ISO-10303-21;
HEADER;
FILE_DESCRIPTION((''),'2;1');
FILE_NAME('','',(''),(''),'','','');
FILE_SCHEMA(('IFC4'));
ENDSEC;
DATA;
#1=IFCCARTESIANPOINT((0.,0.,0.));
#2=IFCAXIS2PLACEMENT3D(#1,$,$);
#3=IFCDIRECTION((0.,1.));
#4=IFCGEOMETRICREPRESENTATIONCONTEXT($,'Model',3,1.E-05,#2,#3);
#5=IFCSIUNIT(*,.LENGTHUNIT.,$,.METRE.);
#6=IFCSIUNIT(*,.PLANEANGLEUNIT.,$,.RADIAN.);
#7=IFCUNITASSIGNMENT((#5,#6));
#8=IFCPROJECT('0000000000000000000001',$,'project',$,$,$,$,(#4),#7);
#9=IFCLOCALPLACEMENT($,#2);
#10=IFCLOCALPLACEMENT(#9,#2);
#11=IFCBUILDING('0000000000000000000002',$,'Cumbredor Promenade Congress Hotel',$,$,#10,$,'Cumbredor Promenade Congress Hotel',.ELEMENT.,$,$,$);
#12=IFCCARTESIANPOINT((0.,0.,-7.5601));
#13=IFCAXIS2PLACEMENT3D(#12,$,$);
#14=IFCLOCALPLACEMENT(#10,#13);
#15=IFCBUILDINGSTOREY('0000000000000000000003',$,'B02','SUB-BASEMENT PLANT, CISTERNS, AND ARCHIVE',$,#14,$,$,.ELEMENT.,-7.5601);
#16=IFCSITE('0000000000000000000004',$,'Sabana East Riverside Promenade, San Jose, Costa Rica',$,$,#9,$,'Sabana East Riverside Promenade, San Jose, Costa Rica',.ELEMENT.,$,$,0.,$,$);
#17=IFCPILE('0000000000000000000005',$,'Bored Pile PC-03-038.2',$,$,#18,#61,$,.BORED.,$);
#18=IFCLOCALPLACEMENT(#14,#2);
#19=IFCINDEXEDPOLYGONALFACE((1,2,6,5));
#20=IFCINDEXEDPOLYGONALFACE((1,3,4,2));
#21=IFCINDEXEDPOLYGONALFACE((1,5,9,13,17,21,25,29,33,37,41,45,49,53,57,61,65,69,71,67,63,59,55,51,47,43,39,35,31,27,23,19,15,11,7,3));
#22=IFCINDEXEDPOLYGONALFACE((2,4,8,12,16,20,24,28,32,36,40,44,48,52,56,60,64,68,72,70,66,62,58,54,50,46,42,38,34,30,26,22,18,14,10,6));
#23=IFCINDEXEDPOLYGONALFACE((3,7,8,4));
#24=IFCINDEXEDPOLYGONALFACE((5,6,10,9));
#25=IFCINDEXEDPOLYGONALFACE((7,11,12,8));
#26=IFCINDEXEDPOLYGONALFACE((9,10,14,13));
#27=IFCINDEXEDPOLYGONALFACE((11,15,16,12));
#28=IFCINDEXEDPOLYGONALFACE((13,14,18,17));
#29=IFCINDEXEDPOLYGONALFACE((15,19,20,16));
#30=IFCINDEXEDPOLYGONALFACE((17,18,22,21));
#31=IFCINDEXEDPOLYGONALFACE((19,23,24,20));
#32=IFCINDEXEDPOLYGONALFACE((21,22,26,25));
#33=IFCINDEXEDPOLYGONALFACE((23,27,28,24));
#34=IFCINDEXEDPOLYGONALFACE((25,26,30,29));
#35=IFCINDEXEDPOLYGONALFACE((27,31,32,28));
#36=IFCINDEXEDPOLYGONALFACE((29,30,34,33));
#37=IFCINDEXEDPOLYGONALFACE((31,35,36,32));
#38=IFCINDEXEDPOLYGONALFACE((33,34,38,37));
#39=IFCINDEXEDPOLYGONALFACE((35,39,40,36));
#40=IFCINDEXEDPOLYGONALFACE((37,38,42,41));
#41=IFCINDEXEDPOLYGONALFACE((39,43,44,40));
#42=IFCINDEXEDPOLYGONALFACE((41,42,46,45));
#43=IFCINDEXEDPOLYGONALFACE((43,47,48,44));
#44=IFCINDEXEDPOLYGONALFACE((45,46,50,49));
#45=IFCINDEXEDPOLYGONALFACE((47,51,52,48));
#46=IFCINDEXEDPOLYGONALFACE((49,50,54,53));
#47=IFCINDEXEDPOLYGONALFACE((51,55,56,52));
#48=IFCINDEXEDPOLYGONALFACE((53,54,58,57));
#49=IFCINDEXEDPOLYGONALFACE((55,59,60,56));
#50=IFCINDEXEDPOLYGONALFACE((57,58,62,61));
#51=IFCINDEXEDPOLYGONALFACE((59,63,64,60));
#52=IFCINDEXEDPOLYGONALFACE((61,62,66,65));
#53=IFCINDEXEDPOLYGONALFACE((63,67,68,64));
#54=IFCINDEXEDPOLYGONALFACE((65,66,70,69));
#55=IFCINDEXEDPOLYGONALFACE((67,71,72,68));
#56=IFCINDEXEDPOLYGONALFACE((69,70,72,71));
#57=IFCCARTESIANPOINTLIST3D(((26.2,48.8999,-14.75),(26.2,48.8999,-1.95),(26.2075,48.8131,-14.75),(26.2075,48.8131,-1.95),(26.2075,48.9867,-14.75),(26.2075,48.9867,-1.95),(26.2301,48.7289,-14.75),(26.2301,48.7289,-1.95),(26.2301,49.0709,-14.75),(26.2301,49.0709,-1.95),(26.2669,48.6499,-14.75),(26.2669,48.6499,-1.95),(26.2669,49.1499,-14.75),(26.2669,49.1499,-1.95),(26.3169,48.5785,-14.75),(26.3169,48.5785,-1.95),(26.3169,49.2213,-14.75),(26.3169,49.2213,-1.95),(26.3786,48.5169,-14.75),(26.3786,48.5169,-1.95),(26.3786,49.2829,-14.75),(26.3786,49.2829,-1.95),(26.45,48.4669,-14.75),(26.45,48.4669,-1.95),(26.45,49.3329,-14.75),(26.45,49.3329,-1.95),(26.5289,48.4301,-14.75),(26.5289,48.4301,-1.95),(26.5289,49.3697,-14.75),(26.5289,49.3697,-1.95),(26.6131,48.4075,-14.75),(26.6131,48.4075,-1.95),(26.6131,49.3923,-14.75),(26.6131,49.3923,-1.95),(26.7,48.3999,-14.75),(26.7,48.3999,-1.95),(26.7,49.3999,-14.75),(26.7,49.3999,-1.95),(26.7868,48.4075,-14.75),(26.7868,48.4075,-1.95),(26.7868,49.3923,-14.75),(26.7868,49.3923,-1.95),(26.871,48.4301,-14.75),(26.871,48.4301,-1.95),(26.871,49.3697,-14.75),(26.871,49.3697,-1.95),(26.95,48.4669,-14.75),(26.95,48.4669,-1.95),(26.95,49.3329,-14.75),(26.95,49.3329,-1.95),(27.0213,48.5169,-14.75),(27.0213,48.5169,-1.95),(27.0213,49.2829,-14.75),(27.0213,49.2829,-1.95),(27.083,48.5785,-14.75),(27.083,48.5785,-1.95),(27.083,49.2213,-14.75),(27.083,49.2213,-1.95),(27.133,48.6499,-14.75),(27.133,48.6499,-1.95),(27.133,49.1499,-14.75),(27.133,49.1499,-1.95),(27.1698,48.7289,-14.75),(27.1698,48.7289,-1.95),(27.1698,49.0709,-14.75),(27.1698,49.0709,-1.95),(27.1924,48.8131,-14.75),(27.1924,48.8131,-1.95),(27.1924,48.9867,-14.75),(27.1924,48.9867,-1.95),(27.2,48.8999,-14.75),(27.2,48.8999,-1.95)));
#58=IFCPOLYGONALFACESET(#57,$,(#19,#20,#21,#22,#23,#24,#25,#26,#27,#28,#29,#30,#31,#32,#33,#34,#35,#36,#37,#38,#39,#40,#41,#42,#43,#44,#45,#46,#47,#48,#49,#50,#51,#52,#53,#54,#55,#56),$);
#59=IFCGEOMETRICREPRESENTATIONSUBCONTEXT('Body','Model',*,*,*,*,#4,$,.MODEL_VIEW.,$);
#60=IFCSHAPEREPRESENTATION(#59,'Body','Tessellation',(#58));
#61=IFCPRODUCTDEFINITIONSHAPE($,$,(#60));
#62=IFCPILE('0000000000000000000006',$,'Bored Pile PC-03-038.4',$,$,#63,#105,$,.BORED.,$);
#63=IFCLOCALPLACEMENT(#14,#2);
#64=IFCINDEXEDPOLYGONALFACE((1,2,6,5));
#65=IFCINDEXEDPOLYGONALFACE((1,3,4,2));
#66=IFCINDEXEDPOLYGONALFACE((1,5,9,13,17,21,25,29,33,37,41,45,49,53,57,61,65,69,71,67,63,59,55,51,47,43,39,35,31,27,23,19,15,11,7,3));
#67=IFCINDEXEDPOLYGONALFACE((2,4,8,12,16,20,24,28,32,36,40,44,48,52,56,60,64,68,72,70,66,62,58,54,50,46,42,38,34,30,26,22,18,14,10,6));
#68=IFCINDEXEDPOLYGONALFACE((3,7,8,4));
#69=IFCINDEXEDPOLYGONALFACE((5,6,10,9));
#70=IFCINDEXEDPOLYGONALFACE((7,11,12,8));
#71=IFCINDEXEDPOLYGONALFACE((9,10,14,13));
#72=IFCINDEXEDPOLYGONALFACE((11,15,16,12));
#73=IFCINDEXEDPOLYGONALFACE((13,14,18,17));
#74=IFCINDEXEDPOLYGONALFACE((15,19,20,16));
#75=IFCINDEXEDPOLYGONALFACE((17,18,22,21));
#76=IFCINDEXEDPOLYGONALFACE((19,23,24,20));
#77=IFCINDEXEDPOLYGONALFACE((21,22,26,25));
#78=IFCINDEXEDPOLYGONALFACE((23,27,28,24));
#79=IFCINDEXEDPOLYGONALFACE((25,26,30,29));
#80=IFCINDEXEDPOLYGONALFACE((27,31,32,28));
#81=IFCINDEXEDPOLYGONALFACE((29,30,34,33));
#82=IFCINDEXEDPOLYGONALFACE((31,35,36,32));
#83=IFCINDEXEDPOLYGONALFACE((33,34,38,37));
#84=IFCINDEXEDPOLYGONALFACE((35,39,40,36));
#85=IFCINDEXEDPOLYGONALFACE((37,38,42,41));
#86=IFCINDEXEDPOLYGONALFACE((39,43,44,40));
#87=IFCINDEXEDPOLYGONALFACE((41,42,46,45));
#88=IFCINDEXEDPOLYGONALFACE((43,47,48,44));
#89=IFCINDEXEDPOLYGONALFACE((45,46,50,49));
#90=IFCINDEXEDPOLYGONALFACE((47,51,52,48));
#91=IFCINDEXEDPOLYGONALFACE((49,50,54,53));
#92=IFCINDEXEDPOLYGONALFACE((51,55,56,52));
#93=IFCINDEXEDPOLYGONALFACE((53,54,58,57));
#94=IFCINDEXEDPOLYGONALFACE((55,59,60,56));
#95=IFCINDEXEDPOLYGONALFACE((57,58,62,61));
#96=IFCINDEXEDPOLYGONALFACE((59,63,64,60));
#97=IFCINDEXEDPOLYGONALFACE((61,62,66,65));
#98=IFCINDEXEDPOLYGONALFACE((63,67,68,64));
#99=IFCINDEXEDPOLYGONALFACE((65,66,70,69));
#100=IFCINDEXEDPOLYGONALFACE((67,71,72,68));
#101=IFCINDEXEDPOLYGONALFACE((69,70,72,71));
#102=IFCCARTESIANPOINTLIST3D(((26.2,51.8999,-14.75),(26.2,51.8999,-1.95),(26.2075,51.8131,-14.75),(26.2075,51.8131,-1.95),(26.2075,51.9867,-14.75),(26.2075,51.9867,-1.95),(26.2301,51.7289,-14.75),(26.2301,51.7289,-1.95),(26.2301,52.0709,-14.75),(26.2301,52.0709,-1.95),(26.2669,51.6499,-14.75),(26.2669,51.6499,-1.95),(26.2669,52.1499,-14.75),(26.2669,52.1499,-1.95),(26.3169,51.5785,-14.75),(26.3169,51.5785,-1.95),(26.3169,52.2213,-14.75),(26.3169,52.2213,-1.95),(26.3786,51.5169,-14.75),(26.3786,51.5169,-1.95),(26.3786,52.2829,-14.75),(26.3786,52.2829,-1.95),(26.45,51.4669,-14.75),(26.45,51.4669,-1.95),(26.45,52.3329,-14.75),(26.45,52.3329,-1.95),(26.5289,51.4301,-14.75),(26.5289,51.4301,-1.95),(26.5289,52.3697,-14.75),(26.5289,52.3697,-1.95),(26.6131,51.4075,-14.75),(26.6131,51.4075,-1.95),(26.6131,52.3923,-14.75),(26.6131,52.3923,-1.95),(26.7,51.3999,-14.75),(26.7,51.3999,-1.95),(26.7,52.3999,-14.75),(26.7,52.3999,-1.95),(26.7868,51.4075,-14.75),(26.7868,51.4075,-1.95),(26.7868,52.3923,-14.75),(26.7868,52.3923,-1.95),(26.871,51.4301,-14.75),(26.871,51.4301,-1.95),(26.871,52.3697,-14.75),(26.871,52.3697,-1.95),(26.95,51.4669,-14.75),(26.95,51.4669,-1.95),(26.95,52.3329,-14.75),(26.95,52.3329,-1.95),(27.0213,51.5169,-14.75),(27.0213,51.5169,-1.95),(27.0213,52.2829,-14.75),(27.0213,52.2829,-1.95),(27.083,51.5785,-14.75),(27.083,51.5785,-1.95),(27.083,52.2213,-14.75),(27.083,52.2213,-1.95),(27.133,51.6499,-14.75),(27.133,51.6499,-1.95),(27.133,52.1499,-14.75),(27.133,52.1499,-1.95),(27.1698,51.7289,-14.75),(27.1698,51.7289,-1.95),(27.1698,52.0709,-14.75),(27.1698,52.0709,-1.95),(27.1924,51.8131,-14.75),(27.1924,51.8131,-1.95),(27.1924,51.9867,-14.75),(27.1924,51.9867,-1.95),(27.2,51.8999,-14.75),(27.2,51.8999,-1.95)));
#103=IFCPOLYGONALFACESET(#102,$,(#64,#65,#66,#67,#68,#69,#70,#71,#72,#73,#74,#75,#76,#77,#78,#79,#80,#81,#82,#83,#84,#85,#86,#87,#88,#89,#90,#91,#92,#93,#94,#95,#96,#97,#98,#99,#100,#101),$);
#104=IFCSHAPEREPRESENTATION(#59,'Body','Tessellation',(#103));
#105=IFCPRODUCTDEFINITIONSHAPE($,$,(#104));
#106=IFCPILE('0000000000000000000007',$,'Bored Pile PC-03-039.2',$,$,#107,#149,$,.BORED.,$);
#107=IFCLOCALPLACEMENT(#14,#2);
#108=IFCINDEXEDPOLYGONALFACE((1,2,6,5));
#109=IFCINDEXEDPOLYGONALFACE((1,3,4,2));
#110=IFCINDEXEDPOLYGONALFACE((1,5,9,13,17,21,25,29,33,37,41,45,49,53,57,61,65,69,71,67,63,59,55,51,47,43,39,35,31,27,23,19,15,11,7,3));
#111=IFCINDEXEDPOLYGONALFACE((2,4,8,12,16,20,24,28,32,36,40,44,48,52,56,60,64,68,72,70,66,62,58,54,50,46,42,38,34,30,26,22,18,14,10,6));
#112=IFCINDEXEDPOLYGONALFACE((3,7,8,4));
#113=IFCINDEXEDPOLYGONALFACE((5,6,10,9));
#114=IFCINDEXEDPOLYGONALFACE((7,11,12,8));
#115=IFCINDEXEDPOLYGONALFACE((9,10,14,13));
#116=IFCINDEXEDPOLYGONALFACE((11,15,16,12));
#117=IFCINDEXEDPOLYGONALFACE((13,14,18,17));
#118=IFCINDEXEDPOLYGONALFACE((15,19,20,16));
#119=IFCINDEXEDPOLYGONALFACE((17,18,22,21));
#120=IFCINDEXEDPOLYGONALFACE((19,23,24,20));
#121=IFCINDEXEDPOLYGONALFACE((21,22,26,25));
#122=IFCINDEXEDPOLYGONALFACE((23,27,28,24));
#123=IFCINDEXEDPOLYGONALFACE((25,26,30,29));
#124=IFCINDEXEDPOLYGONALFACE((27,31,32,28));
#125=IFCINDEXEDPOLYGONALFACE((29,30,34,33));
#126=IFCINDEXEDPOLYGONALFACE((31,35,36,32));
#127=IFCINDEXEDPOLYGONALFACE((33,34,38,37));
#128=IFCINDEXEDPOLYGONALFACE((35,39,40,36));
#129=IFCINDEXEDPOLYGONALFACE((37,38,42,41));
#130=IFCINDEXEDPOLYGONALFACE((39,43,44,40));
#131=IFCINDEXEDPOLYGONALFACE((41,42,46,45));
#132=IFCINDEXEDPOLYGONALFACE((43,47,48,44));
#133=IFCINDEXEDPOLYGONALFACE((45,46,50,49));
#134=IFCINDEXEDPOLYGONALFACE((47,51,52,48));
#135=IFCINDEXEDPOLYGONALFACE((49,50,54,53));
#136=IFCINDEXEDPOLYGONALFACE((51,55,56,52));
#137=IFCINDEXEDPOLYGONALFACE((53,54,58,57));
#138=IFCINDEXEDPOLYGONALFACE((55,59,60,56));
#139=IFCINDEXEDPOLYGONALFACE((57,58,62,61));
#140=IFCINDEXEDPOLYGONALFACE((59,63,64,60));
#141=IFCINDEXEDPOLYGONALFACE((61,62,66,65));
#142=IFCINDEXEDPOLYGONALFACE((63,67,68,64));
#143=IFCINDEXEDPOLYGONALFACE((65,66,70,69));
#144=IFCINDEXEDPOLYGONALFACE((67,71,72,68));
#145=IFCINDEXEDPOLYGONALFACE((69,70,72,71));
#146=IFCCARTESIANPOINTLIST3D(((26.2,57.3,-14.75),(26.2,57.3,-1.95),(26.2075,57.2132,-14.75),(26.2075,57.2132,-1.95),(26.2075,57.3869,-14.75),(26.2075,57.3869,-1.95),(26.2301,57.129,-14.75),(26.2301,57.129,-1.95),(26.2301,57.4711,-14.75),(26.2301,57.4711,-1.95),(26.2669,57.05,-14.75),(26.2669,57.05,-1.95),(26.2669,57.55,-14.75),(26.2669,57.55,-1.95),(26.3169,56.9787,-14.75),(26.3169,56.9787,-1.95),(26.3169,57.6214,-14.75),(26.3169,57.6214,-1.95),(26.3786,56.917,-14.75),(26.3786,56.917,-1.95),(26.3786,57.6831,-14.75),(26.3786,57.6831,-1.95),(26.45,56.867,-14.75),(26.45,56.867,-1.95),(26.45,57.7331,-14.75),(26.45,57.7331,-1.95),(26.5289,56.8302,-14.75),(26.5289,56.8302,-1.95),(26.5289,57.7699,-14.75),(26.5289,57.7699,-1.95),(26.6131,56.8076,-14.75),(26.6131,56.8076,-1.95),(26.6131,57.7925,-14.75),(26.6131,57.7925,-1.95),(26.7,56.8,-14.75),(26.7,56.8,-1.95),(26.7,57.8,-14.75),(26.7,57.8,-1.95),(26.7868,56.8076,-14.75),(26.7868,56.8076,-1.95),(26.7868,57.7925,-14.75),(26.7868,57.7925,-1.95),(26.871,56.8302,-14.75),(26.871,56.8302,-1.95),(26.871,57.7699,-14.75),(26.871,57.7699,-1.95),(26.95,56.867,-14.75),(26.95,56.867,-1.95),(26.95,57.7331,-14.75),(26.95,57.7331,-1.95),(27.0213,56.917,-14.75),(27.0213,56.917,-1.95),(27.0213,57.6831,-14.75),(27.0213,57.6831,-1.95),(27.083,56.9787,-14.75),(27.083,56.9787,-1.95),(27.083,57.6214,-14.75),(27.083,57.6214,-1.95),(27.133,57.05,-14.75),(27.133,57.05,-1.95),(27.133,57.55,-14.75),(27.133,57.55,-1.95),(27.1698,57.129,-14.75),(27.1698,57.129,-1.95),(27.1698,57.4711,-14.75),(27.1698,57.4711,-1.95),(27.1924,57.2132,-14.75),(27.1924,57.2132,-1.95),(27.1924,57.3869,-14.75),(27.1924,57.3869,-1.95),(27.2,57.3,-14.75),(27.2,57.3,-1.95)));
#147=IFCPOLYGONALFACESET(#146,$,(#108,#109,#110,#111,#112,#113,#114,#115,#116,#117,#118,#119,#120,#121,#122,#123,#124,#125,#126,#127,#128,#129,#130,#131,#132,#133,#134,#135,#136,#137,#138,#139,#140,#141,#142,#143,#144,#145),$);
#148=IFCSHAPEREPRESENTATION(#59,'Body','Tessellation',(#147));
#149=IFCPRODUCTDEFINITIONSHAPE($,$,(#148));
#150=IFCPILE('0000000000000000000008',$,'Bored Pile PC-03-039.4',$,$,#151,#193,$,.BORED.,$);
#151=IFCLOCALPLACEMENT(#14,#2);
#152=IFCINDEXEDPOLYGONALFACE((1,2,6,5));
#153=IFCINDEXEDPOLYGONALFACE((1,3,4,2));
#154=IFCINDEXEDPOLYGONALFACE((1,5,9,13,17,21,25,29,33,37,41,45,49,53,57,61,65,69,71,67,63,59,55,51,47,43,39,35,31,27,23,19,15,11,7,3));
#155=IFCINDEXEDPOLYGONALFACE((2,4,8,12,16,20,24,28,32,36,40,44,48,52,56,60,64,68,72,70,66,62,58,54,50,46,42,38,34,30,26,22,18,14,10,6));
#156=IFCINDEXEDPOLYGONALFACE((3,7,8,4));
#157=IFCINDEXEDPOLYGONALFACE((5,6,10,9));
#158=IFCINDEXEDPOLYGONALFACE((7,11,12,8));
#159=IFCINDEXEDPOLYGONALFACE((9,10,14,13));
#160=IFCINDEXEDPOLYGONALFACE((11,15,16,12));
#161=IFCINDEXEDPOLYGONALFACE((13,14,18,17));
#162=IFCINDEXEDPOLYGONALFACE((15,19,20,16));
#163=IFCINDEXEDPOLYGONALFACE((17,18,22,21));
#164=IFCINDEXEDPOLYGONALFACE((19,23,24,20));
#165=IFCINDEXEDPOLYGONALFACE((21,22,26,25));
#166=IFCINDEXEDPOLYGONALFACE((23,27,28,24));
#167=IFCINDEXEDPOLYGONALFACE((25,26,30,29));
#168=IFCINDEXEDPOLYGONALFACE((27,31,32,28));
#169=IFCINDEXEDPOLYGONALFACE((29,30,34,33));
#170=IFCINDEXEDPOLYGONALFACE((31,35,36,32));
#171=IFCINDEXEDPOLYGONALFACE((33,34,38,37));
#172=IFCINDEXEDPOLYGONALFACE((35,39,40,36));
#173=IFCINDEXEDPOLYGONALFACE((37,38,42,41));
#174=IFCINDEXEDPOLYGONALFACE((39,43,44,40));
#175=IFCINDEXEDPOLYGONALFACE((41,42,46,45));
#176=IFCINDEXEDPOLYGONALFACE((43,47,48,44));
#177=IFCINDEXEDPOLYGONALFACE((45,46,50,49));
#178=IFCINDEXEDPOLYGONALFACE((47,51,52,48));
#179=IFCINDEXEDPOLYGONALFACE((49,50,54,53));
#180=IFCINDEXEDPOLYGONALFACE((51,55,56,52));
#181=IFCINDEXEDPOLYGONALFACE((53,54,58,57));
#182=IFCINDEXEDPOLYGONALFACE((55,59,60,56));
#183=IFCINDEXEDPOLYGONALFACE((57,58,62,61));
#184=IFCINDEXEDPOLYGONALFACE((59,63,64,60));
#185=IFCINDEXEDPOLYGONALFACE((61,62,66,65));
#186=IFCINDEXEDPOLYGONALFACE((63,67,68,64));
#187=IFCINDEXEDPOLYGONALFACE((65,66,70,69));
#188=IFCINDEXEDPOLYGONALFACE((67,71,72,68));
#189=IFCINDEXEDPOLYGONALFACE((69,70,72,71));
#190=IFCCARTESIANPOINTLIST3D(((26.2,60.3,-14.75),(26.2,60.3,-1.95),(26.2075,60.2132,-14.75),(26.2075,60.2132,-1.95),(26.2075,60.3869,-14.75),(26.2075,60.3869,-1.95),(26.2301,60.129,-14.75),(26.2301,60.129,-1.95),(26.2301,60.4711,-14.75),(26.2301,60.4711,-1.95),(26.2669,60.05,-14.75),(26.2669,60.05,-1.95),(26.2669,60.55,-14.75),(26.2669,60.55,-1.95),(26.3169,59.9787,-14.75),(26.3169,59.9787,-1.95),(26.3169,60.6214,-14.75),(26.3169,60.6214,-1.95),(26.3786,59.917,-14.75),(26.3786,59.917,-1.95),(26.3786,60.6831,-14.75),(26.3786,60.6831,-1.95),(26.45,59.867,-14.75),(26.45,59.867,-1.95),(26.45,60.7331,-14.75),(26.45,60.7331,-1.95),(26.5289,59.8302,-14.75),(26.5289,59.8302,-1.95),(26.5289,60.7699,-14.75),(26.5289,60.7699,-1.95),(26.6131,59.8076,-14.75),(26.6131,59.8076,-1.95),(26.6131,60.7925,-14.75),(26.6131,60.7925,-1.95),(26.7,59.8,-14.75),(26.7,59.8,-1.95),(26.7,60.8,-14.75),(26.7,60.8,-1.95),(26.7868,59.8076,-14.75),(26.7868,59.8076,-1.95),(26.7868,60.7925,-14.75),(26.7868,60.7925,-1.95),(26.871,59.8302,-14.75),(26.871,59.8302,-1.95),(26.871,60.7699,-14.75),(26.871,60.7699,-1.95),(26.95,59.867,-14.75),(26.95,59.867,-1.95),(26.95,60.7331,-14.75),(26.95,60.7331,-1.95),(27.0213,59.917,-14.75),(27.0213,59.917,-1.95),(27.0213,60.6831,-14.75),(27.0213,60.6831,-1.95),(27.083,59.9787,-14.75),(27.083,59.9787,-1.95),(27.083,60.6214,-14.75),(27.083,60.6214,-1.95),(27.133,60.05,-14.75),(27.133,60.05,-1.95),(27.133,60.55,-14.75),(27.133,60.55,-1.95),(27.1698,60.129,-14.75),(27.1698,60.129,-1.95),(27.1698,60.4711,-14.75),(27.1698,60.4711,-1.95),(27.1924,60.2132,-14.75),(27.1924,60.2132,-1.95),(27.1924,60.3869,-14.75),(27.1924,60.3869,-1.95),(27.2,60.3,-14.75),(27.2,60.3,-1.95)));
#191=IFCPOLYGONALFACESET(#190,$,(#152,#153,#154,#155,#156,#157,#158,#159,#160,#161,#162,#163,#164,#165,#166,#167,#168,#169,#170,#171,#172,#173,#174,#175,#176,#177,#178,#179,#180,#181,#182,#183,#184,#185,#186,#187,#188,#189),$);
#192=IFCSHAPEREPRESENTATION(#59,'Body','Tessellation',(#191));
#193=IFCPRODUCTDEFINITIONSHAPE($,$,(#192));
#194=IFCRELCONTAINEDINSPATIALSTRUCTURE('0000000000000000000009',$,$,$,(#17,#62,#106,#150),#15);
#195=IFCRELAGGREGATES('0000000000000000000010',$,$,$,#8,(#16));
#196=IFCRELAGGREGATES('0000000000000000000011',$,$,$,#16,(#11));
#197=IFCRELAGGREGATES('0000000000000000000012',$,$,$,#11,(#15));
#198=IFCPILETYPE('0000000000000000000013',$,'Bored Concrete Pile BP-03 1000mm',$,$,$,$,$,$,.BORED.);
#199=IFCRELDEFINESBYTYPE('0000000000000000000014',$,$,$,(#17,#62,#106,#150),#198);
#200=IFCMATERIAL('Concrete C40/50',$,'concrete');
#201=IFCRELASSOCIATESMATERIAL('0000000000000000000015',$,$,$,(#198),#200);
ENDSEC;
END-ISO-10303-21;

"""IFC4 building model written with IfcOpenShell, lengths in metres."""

from ifc_helpers import new_model, si_unit, direction, frame, origin, origin_2d, place, context, subcontext, project, spatial, circle, extrude, material, material_profile, profile_set, type_object, element, save


model = new_model("IFC4")

# Units and contexts
model_context = context("Model", 3, precision=1e-05, world=origin(), true_north=direction((0.0, 1.0)))
body_context = subcontext(model_context, "Body", "Model", "MODEL_VIEW")
ifc_project = project(units=[si_unit("LENGTHUNIT", "METRE"), si_unit("PLANEANGLEUNIT", "RADIAN")], contexts=[model_context])

# Site, building, storey
site_placement = place(None, origin())
site = spatial("IfcSite", under=ifc_project, at=site_placement, Name="Sabana East Riverside Promenade, San Jose, Costa Rica", LongName="Sabana East Riverside Promenade, San Jose, Costa Rica", CompositionType="ELEMENT", RefElevation=0.0)
building_placement = place(site_placement, origin())
building = spatial("IfcBuilding", under=site, at=building_placement, Name="Cumbredor Promenade Congress Hotel", LongName="Cumbredor Promenade Congress Hotel", CompositionType="ELEMENT")
storey_placement = place(building_placement, frame((0.0, 0.0, -7.5601)))
storey = spatial("IfcBuildingStorey", under=building, at=storey_placement, Name="B02", Description="SUB-BASEMENT PLANT, CISTERNS, AND ARCHIVE", CompositionType="ELEMENT", Elevation=-7.5601)

# Piles
ifc_material_1 = material(Name="Concrete C40/50", Category="concrete")
ifc_material_profile_1 = material_profile(ifc_material_1, circle(Radius=0.5, at=origin_2d()), Name="PILE D1000")
ifc_profile_set_1 = profile_set([ifc_material_profile_1], Name="Concrete C40/50")
pile_type = type_object("IfcPileType", Name="Bored Concrete Pile BP-03 1000mm", PredefinedType="BORED", material=ifc_profile_set_1)
for number, where, z_axis, x_axis, name in (
    (1, (26.7, 48.8999, -1.95), (0.0, 0.0, -1.0), (1.0, 0.0, 0.0), "Bored Pile PC-03-038.2"),
    (2, (26.7, 51.8999, -1.95), (0.0, 0.0, -1.0), (1.0, 0.0, 0.0), "Bored Pile PC-03-038.4"),
    (3, (26.7, 57.3, -1.95), (0.0, 0.0, -1.0), (1.0, 0.0, 0.0), "Bored Pile PC-03-039.2"),
    (4, (26.7, 60.3, -1.95), (0.0, 0.0, -1.0), (1.0, 0.0, 0.0), "Bored Pile PC-03-039.4"),
):
    element("IfcPile", number, at=place(storey_placement, frame(where, z_axis=z_axis, x_axis=x_axis)), inside=storey, type_object=pile_type, Name=name, PredefinedType="BORED", context=body_context, shape_type="SweptSolid", body=[
        extrude(circle(Radius=0.5, at=origin_2d()), origin(), (0.0, 0.0, 1.0), 12.8),
    ])

save(model, "model.ifc")
